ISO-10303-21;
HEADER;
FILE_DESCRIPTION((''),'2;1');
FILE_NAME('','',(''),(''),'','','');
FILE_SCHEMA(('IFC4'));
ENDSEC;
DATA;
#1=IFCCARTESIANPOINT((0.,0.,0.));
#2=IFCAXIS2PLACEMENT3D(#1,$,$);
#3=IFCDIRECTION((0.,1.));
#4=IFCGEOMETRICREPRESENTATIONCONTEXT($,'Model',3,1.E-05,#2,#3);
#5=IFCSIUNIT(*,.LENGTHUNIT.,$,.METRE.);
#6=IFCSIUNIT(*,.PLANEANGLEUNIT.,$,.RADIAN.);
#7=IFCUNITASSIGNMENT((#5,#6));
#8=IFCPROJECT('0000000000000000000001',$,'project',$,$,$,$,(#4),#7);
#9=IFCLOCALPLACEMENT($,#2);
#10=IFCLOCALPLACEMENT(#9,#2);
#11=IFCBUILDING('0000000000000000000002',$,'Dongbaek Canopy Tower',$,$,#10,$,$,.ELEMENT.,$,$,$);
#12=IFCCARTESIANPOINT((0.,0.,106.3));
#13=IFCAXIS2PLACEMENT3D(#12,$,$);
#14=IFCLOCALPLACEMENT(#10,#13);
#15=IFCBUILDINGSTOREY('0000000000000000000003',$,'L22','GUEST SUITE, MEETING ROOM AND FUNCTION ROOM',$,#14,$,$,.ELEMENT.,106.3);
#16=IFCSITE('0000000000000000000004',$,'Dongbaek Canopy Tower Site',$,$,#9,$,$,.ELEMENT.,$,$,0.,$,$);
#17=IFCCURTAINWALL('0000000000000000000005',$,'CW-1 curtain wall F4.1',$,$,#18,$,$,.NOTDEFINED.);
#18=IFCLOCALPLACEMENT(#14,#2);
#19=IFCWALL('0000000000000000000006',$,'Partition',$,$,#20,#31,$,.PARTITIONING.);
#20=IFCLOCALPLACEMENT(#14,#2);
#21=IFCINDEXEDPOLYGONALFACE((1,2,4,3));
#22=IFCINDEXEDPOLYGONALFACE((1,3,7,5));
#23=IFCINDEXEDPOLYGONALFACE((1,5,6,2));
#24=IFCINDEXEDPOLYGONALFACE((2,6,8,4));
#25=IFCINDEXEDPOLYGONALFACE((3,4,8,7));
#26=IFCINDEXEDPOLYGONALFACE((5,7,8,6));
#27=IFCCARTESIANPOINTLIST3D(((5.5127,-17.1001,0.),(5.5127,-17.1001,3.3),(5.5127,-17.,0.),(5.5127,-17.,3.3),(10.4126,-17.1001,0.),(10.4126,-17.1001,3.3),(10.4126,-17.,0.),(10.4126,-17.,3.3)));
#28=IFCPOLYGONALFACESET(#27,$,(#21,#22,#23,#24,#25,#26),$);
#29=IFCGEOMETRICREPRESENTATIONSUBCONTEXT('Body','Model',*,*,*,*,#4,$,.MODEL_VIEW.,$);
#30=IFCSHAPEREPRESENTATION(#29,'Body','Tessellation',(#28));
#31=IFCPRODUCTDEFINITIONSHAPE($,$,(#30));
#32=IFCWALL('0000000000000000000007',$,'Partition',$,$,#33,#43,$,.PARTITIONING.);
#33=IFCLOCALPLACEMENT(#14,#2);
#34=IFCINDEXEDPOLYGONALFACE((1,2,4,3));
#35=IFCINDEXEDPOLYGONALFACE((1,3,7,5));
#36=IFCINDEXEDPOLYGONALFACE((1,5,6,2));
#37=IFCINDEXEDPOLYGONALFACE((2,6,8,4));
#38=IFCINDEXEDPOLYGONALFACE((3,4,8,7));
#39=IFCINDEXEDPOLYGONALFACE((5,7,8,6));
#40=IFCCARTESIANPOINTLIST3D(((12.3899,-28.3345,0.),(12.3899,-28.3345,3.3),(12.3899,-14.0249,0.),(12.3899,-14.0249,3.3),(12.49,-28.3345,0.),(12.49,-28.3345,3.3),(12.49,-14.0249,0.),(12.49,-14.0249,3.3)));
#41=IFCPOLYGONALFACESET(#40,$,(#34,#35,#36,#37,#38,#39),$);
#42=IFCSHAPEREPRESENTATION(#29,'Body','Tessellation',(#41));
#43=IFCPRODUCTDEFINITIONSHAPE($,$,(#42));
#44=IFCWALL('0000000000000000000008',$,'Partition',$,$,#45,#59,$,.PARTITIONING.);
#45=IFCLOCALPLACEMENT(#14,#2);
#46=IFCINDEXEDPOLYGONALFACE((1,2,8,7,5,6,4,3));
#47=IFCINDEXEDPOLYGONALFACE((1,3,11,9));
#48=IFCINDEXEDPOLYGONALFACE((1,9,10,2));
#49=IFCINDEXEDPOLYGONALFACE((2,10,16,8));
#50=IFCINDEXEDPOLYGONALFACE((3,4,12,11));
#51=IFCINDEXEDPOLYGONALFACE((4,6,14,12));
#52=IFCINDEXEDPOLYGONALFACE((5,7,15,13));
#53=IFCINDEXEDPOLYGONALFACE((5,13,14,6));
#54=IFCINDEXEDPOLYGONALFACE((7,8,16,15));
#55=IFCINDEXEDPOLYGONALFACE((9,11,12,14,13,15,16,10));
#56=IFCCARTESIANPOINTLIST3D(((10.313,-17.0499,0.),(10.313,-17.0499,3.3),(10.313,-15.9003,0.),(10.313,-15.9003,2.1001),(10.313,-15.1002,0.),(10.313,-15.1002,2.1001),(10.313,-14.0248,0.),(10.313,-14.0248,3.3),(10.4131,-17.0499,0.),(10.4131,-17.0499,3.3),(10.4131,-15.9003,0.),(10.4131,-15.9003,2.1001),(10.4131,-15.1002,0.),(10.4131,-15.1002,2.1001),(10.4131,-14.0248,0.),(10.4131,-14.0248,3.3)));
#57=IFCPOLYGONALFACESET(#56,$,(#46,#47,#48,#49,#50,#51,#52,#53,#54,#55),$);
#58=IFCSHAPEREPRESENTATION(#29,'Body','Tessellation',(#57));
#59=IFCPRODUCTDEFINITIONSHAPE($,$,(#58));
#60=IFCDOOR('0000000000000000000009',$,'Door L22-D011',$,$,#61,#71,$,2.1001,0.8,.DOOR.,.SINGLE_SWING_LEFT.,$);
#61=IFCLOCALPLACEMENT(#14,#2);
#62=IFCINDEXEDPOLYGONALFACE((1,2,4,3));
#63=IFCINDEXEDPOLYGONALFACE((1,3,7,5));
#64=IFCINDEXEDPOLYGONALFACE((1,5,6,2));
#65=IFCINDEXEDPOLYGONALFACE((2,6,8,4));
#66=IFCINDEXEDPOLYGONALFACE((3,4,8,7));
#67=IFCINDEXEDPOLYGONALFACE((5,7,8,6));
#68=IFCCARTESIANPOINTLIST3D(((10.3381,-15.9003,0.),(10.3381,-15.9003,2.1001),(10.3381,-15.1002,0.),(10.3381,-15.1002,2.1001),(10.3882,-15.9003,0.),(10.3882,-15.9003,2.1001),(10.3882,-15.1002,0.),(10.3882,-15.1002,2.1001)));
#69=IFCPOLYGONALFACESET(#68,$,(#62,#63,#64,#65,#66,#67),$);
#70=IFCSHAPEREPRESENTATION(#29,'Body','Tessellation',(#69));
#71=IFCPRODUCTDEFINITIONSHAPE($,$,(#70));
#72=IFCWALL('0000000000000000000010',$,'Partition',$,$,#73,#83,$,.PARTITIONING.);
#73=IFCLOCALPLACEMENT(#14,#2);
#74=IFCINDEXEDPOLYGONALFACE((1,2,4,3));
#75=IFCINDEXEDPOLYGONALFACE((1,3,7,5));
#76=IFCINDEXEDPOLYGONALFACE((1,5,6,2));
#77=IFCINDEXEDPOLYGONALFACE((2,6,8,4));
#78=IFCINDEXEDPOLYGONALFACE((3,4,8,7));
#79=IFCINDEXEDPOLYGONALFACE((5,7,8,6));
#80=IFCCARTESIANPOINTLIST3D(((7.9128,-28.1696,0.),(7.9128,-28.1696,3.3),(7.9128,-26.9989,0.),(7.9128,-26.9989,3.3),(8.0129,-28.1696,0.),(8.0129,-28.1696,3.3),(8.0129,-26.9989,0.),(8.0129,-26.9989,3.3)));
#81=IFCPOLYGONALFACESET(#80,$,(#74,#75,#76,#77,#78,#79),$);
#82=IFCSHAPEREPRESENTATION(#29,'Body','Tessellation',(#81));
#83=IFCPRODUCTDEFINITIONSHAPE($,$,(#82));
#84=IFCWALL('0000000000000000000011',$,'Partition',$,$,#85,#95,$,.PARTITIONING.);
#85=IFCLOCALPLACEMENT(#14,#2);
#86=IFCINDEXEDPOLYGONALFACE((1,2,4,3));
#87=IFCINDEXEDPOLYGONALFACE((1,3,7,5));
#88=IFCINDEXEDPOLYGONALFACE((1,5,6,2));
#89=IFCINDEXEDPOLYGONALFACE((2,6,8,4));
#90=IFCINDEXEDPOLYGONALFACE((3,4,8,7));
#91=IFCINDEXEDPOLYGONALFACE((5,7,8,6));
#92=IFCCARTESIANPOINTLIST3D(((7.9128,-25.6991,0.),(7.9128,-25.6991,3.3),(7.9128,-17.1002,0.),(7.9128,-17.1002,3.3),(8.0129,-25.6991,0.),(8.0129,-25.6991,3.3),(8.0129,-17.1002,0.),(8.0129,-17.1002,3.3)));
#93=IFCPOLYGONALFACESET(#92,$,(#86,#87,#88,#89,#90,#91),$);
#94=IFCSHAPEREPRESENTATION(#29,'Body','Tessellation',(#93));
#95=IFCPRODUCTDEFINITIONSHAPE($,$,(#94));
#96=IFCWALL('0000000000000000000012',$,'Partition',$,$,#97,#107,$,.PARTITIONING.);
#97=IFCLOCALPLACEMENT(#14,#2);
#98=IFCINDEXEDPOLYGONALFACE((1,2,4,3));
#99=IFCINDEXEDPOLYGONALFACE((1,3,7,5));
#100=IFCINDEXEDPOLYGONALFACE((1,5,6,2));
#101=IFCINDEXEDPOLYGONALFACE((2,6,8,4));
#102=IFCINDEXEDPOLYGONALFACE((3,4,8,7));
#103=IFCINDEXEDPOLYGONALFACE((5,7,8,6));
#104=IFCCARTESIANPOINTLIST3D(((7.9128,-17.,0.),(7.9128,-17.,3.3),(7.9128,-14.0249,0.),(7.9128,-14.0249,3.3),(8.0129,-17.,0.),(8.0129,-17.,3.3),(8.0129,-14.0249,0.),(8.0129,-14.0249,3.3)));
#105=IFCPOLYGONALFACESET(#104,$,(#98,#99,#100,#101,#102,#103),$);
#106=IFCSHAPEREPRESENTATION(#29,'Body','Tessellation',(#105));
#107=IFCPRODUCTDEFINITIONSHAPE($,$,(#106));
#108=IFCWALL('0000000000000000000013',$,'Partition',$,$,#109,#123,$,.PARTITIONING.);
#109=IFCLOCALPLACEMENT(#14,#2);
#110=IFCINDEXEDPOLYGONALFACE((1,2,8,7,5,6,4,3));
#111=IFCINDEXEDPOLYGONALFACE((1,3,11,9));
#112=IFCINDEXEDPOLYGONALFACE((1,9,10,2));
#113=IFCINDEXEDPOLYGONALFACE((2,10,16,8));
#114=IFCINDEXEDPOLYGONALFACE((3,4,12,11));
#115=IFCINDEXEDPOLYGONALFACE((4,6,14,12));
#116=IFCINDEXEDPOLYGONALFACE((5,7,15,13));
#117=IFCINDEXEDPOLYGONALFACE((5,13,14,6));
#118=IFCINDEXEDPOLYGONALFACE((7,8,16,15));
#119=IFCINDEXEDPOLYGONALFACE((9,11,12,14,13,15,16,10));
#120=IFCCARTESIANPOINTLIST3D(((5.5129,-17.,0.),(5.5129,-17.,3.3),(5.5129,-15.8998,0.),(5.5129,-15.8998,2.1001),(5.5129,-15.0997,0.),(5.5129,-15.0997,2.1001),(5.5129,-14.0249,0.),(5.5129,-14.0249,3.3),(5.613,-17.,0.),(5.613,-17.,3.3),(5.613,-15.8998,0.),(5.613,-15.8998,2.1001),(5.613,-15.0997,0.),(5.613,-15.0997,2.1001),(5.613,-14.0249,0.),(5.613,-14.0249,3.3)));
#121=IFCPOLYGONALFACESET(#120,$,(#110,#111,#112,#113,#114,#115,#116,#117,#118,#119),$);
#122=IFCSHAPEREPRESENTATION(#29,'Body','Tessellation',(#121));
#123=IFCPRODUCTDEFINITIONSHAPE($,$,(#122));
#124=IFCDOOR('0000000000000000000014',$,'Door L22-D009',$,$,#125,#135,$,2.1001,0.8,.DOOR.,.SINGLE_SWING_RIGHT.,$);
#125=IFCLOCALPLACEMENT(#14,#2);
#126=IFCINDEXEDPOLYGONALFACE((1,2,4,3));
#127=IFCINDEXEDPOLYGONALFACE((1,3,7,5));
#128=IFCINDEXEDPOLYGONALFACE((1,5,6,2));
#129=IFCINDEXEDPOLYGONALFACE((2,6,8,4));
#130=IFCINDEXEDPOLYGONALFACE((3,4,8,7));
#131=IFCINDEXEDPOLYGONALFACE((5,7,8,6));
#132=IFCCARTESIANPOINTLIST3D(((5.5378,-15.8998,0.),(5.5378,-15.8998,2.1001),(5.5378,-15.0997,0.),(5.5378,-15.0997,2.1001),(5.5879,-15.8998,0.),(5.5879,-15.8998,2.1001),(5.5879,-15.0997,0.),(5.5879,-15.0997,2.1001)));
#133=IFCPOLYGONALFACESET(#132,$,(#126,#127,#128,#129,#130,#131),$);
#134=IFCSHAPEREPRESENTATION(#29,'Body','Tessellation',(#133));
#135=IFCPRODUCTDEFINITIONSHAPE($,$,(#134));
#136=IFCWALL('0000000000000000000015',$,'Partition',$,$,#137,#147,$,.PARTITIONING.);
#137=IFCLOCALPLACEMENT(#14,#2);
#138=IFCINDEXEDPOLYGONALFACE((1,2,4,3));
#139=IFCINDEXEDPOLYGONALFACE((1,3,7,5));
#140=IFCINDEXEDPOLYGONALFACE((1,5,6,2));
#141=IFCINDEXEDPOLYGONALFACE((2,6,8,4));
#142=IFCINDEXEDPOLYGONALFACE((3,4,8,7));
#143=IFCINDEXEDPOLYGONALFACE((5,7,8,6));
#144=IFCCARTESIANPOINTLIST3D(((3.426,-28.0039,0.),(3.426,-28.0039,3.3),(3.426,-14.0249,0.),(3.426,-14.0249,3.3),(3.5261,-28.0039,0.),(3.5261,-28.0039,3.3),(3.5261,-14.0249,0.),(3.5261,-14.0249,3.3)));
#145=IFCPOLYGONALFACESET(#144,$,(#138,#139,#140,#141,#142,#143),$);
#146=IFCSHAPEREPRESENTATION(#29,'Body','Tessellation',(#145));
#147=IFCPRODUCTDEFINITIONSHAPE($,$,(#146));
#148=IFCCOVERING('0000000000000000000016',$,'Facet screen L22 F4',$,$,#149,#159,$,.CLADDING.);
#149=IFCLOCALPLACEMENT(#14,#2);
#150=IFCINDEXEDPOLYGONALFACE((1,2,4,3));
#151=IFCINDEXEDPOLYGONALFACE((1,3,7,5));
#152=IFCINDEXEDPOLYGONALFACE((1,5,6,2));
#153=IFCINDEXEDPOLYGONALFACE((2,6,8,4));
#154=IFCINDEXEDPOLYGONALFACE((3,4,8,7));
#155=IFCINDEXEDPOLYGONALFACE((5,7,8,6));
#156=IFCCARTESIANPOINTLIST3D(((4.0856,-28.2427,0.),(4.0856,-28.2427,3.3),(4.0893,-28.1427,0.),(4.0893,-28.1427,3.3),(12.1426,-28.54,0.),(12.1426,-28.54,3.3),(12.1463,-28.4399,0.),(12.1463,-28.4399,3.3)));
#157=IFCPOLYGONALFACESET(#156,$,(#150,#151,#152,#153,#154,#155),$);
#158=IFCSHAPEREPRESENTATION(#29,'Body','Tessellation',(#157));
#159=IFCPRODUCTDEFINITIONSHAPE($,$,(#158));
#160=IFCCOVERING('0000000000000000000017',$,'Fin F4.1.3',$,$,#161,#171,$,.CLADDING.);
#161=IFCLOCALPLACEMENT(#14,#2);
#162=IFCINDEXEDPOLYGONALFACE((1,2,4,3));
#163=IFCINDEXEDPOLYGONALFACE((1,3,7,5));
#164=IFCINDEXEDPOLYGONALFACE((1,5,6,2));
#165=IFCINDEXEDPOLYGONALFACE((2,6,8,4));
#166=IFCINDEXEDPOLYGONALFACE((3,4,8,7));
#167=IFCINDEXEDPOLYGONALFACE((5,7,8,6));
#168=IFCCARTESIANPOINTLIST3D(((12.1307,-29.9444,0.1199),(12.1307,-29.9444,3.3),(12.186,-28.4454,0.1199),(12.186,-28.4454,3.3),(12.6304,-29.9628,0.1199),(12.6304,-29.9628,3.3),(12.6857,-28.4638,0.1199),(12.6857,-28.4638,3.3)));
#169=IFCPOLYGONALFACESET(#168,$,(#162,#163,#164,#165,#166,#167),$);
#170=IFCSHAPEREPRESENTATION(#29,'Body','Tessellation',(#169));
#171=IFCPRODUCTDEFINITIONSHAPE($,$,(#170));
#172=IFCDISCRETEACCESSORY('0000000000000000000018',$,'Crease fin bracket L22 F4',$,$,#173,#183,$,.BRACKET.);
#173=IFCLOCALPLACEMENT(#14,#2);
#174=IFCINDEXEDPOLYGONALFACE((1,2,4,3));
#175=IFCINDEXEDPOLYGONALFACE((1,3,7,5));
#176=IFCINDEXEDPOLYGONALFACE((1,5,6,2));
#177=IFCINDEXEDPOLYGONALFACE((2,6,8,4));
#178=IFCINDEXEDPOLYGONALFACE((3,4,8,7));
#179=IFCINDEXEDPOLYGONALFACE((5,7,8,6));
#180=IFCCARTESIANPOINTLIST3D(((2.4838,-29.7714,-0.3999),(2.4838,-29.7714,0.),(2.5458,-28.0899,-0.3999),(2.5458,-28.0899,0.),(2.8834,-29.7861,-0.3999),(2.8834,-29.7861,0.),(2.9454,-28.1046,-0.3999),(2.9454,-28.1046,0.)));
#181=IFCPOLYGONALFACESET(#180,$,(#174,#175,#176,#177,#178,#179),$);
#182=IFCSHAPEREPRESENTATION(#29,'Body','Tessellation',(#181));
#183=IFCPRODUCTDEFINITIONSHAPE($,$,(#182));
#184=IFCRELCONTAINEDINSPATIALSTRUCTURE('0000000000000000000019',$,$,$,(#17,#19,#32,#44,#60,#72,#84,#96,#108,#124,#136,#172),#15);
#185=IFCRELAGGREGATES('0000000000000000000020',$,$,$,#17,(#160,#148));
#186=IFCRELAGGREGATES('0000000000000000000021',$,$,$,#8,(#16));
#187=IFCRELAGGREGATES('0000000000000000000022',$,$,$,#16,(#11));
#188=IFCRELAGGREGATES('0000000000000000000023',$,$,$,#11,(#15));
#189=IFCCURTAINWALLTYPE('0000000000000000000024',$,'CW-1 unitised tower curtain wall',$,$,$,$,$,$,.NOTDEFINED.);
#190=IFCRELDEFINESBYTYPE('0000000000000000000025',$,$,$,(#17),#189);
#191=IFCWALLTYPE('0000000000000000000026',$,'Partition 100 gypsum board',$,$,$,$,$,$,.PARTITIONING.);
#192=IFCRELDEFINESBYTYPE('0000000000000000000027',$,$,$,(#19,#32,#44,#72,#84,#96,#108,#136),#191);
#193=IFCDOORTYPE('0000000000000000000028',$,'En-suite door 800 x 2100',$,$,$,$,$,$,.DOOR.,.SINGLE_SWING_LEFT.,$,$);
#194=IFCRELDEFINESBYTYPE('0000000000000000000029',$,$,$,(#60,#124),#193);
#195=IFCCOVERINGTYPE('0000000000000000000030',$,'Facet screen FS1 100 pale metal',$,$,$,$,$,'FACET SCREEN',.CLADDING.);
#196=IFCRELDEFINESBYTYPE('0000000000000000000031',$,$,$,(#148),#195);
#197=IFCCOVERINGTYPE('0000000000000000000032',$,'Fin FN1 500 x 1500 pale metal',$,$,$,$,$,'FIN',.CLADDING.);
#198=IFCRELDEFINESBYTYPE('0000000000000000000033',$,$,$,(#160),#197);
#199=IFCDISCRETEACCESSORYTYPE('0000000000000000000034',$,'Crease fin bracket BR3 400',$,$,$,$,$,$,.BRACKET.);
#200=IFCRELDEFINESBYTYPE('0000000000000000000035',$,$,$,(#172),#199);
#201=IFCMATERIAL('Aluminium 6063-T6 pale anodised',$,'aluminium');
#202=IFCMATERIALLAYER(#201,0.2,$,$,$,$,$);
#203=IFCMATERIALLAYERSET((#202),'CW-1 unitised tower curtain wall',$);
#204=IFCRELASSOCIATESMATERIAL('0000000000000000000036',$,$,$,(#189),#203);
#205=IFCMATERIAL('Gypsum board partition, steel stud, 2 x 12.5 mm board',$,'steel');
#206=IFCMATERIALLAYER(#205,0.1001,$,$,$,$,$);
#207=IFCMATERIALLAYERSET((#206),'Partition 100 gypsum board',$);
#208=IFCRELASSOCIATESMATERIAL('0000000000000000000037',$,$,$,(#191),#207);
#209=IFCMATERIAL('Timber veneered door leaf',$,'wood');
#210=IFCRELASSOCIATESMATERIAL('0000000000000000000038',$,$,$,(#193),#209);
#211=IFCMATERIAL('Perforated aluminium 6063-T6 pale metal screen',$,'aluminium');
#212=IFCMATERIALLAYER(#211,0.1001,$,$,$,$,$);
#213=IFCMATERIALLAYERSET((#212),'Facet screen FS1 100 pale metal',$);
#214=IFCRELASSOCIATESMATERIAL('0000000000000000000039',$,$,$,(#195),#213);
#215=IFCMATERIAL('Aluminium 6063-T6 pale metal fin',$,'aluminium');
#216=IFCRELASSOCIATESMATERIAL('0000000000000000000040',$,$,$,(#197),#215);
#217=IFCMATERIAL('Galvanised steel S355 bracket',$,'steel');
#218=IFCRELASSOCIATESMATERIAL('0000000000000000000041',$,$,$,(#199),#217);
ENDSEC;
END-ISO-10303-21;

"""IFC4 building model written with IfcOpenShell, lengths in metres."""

from ifc_helpers import new_model, si_unit, direction, frame, frame_2d, origin, origin_2d, place, context, subcontext, project, spatial, rectangle, extrude, material, layer, layer_set, material_profile, profile_set, type_object, element, fill, aggregate, save


model = new_model("IFC4")

# Units and contexts
model_context = context("Model", 3, precision=1e-05, world=origin(), true_north=direction((0.0, 1.0)))
body_context = subcontext(model_context, "Body", "Model", "MODEL_VIEW")
ifc_project = project(units=[si_unit("LENGTHUNIT", "METRE"), si_unit("PLANEANGLEUNIT", "RADIAN")], contexts=[model_context])

# Site, building, storey
site_placement = place(None, origin())
site = spatial("IfcSite", under=ifc_project, at=site_placement, Name="Dongbaek Canopy Tower Site", CompositionType="ELEMENT", RefElevation=0.0)
building_placement = place(site_placement, origin())
building = spatial("IfcBuilding", under=site, at=building_placement, Name="Dongbaek Canopy Tower", CompositionType="ELEMENT")
storey_placement = place(building_placement, frame((0.0, 0.0, 106.3)))
storey = spatial("IfcBuildingStorey", under=building, at=storey_placement, Name="L22", Description="GUEST SUITE, MEETING ROOM AND FUNCTION ROOM", CompositionType="ELEMENT", Elevation=106.3)

# Curtain wall
ifc_material_1 = material(Name="Aluminium 6063-T6 pale anodised", Category="aluminium")
ifc_layer_1 = layer(ifc_material_1, 0.2)
ifc_layer_set_1 = layer_set([ifc_layer_1], Name="CW-1 unitised tower curtain wall")
curtain_wall_type = type_object("IfcCurtainWallType", Name="CW-1 unitised tower curtain wall", PredefinedType="NOTDEFINED", material=ifc_layer_set_1)
curtain_wall_1_placement = place(storey_placement, origin())
curtain_wall_1 = element("IfcCurtainWall", 1, at=curtain_wall_1_placement, inside=storey, type_object=curtain_wall_type, Name="CW-1 curtain wall F4.1", PredefinedType="NOTDEFINED")

# Walls
ifc_material_2 = material(Name="Gypsum board partition, steel stud, 2 x 12.5 mm board", Category="steel")
ifc_layer_2 = layer(ifc_material_2, 0.1001)
ifc_layer_set_2 = layer_set([ifc_layer_2], Name="Partition 100 gypsum board")
wall_type = type_object("IfcWallType", Name="Partition 100 gypsum board", PredefinedType="PARTITIONING", material=ifc_layer_set_2)
wall_1_placement = place(storey_placement, frame((5.5127, -17.05, 0.0), z_axis=(0.0, 0.0, 1.0), x_axis=(1.0, 0.0, 0.0)))
element("IfcWall", 2, at=wall_1_placement, inside=storey, type_object=wall_type, Name="Partition", PredefinedType="PARTITIONING", context=body_context, shape_type="SweptSolid", body=[
    extrude(rectangle(XDim=4.8999, YDim=0.1001, at=frame_2d((2.45, 0.0))), origin(), (0.0, 0.0, 1.0), 3.3),
])
wall_2_placement = place(storey_placement, frame((12.4399, -28.3345, 0.0), z_axis=(0.0, 0.0, 1.0), x_axis=(0.0, 1.0, 0.0)))
element("IfcWall", 3, at=wall_2_placement, inside=storey, type_object=wall_type, Name="Partition", PredefinedType="PARTITIONING", context=body_context, shape_type="SweptSolid", body=[
    extrude(rectangle(XDim=14.3096, YDim=0.1001, at=frame_2d((7.1548, 0.0))), origin(), (0.0, 0.0, 1.0), 3.3),
])

# Wall, opening, door
wall_3_placement = place(storey_placement, frame((10.363, -17.05, 0.0), z_axis=(0.0, 0.0, 1.0), x_axis=(0.0, 1.0, 0.0)))
wall_3 = element("IfcWall", 4, at=wall_3_placement, inside=storey, type_object=wall_type, Name="Partition", PredefinedType="PARTITIONING", context=body_context, shape_type="SweptSolid", body=[
    extrude(rectangle(XDim=3.0251, YDim=0.1001, at=frame_2d((1.5127, 0.0))), origin(), (0.0, 0.0, 1.0), 3.3),
])
opening_1_placement = place(wall_3_placement, frame((1.1499, 0.0, 0.0)))
opening_1 = element("IfcOpeningElement", 5, at=opening_1_placement, cuts=wall_3, PredefinedType="OPENING", context=body_context, shape_type="SweptSolid", body=[
    extrude(rectangle(XDim=0.8, YDim=2.1001, at=frame_2d((0.3999, 1.05))), frame((0.0, 0.0601, 0.0), z_axis=(0.0, -1.0, 0.0), x_axis=(1.0, 0.0, 0.0)), (0.0, 0.0, 1.0), 0.1201),
])
ifc_material_3 = material(Name="Timber veneered door leaf", Category="wood")
door_type = type_object("IfcDoorType", Name="En-suite door 800 x 2100", OperationType="SINGLE_SWING_LEFT", PredefinedType="DOOR", material=ifc_material_3)
door_1_placement = place(opening_1_placement, origin())
door_1 = element("IfcDoor", 6, at=door_1_placement, inside=storey, type_object=door_type, Name="Door L22-D011", OperationType="SINGLE_SWING_LEFT", OverallHeight=2.1001, OverallWidth=0.8, PredefinedType="DOOR", context=body_context, shape_type="SweptSolid", body=[
    extrude(rectangle(XDim=0.8, YDim=2.1001, at=frame_2d((0.3999, 1.05))), frame((0.0, 0.0249, 0.0), z_axis=(0.0, -1.0, 0.0), x_axis=(1.0, 0.0, 0.0)), (0.0, 0.0, 1.0), 0.05),
])
fill(opening_1, door_1)

# Walls
wall_4_placement = place(storey_placement, frame((7.9629, -28.1697, 0.0), z_axis=(0.0, 0.0, 1.0), x_axis=(0.0, 1.0, 0.0)))
element("IfcWall", 7, at=wall_4_placement, inside=storey, type_object=wall_type, Name="Partition", PredefinedType="PARTITIONING", context=body_context, shape_type="SweptSolid", body=[
    extrude(rectangle(XDim=1.1707, YDim=0.1001, at=frame_2d((0.5854, 0.0))), origin(), (0.0, 0.0, 1.0), 3.3),
])
wall_5_placement = place(storey_placement, frame((7.9629, -25.699, 0.0), z_axis=(0.0, 0.0, 1.0), x_axis=(0.0, 1.0, 0.0)))
element("IfcWall", 8, at=wall_5_placement, inside=storey, type_object=wall_type, Name="Partition", PredefinedType="PARTITIONING", context=body_context, shape_type="SweptSolid", body=[
    extrude(rectangle(XDim=8.5989, YDim=0.1001, at=frame_2d((4.2993, 0.0))), origin(), (0.0, 0.0, 1.0), 3.3),
])
wall_6_placement = place(storey_placement, frame((7.9629, -17.0, 0.0), z_axis=(0.0, 0.0, 1.0), x_axis=(0.0, 1.0, 0.0)))
element("IfcWall", 9, at=wall_6_placement, inside=storey, type_object=wall_type, Name="Partition", PredefinedType="PARTITIONING", context=body_context, shape_type="SweptSolid", body=[
    extrude(rectangle(XDim=2.9751, YDim=0.1001, at=frame_2d((1.4875, 0.0))), origin(), (0.0, 0.0, 1.0), 3.3),
])

# Wall, opening, door
wall_7_placement = place(storey_placement, frame((5.563, -14.0249, 0.0), z_axis=(0.0, 0.0, 1.0), x_axis=(0.0, -1.0, 0.0)))
wall_7 = element("IfcWall", 10, at=wall_7_placement, inside=storey, type_object=wall_type, Name="Partition", PredefinedType="PARTITIONING", context=body_context, shape_type="SweptSolid", body=[
    extrude(rectangle(XDim=2.9751, YDim=0.1001, at=frame_2d((1.4875, 0.0))), origin(), (0.0, 0.0, 1.0), 3.3),
])
opening_2_placement = place(wall_7_placement, frame((1.075, 0.0, 0.0)))
opening_2 = element("IfcOpeningElement", 11, at=opening_2_placement, cuts=wall_7, PredefinedType="OPENING", context=body_context, shape_type="SweptSolid", body=[
    extrude(rectangle(XDim=0.8, YDim=2.1001, at=frame_2d((0.3999, 1.05))), frame((0.0, 0.0601, 0.0), z_axis=(0.0, -1.0, 0.0), x_axis=(1.0, 0.0, 0.0)), (0.0, 0.0, 1.0), 0.1201),
])
door_2_placement = place(opening_2_placement, origin())
door_2 = element("IfcDoor", 12, at=door_2_placement, inside=storey, type_object=door_type, Name="Door L22-D009", OperationType="SINGLE_SWING_RIGHT", OverallHeight=2.1001, OverallWidth=0.8, PredefinedType="DOOR", context=body_context, shape_type="SweptSolid", body=[
    extrude(rectangle(XDim=0.8, YDim=2.1001, at=frame_2d((0.3999, 1.05))), frame((0.0, 0.0249, 0.0), z_axis=(0.0, -1.0, 0.0), x_axis=(1.0, 0.0, 0.0)), (0.0, 0.0, 1.0), 0.05),
])
fill(opening_2, door_2)

# Wall
wall_8_placement = place(storey_placement, frame((3.4761, -28.0039, 0.0), z_axis=(0.0, 0.0, 1.0), x_axis=(0.0, 1.0, 0.0)))
element("IfcWall", 13, at=wall_8_placement, inside=storey, type_object=wall_type, Name="Partition", PredefinedType="PARTITIONING", context=body_context, shape_type="SweptSolid", body=[
    extrude(rectangle(XDim=13.979, YDim=0.1001, at=frame_2d((6.9895, 0.0))), origin(), (0.0, 0.0, 1.0), 3.3),
])

# Coverings
ifc_material_4 = material(Name="Perforated aluminium 6063-T6 pale metal screen", Category="aluminium")
ifc_layer_3 = layer(ifc_material_4, 0.1001)
ifc_layer_set_3 = layer_set([ifc_layer_3], Name="Facet screen FS1 100 pale metal")
covering_type_1 = type_object("IfcCoveringType", Name="Facet screen FS1 100 pale metal", ElementType="FACET SCREEN", PredefinedType="CLADDING", material=ifc_layer_set_3)
covering_1_placement = place(storey_placement, frame((8.116, -28.3413, 0.0), z_axis=(0.0, 0.0, 1.0), x_axis=(0.99932, -0.036872, 0.0)))
covering_1 = element("IfcCovering", 14, at=covering_1_placement, type_object=covering_type_1, Name="Facet screen L22 F4", PredefinedType="CLADDING", context=body_context, shape_type="SweptSolid", body=[
    extrude(rectangle(XDim=8.0625, YDim=0.1001, at=origin_2d()), origin(), (0.0, 0.0, 1.0), 3.3),
])
ifc_material_5 = material(Name="Aluminium 6063-T6 pale metal fin", Category="aluminium")
ifc_material_profile_1 = material_profile(ifc_material_5, rectangle(XDim=1.5, YDim=0.5, at=origin_2d()), Name="Fin FN1 500 x 1500 pale metal")
ifc_profile_set_1 = profile_set([ifc_material_profile_1], Name="Aluminium 6063-T6 pale metal fin")
covering_type_2 = type_object("IfcCoveringType", Name="Fin FN1 500 x 1500 pale metal", ElementType="FIN", PredefinedType="CLADDING", material=ifc_profile_set_1)
covering_2_placement = place(storey_placement, frame((12.4082, -29.2041, 0.1199), z_axis=(0.0, 0.0, 1.0), x_axis=(-0.036873, -0.99932, 0.0)))
covering_2 = element("IfcCovering", 15, at=covering_2_placement, type_object=covering_type_2, Name="Fin F4.1.3", PredefinedType="CLADDING", context=body_context, shape_type="SweptSolid", body=[
    extrude(rectangle(XDim=1.5, YDim=0.5, at=origin_2d()), origin(), (0.0, 0.0, 1.0), 3.1802),
])
aggregate(curtain_wall_1, [covering_2, covering_1])

# Discrete accessory
ifc_material_6 = material(Name="Galvanised steel S355 bracket", Category="steel")
discrete_accessory_type = type_object("IfcDiscreteAccessoryType", Name="Crease fin bracket BR3 400", PredefinedType="BRACKET", material=ifc_material_6)
discrete_accessory_placement = place(storey_placement, frame((2.7146, -28.938, -0.3999), z_axis=(0.0, 0.0, 1.0), x_axis=(-0.036872, -0.99932, 0.0)))
element("IfcDiscreteAccessory", 16, at=discrete_accessory_placement, inside=storey, type_object=discrete_accessory_type, Name="Crease fin bracket L22 F4", PredefinedType="BRACKET", context=body_context, shape_type="SweptSolid", body=[
    extrude(rectangle(XDim=1.6826, YDim=0.3999, at=origin_2d()), origin(), (0.0, 0.0, 1.0), 0.3999),
])

save(model, "model.ifc")
